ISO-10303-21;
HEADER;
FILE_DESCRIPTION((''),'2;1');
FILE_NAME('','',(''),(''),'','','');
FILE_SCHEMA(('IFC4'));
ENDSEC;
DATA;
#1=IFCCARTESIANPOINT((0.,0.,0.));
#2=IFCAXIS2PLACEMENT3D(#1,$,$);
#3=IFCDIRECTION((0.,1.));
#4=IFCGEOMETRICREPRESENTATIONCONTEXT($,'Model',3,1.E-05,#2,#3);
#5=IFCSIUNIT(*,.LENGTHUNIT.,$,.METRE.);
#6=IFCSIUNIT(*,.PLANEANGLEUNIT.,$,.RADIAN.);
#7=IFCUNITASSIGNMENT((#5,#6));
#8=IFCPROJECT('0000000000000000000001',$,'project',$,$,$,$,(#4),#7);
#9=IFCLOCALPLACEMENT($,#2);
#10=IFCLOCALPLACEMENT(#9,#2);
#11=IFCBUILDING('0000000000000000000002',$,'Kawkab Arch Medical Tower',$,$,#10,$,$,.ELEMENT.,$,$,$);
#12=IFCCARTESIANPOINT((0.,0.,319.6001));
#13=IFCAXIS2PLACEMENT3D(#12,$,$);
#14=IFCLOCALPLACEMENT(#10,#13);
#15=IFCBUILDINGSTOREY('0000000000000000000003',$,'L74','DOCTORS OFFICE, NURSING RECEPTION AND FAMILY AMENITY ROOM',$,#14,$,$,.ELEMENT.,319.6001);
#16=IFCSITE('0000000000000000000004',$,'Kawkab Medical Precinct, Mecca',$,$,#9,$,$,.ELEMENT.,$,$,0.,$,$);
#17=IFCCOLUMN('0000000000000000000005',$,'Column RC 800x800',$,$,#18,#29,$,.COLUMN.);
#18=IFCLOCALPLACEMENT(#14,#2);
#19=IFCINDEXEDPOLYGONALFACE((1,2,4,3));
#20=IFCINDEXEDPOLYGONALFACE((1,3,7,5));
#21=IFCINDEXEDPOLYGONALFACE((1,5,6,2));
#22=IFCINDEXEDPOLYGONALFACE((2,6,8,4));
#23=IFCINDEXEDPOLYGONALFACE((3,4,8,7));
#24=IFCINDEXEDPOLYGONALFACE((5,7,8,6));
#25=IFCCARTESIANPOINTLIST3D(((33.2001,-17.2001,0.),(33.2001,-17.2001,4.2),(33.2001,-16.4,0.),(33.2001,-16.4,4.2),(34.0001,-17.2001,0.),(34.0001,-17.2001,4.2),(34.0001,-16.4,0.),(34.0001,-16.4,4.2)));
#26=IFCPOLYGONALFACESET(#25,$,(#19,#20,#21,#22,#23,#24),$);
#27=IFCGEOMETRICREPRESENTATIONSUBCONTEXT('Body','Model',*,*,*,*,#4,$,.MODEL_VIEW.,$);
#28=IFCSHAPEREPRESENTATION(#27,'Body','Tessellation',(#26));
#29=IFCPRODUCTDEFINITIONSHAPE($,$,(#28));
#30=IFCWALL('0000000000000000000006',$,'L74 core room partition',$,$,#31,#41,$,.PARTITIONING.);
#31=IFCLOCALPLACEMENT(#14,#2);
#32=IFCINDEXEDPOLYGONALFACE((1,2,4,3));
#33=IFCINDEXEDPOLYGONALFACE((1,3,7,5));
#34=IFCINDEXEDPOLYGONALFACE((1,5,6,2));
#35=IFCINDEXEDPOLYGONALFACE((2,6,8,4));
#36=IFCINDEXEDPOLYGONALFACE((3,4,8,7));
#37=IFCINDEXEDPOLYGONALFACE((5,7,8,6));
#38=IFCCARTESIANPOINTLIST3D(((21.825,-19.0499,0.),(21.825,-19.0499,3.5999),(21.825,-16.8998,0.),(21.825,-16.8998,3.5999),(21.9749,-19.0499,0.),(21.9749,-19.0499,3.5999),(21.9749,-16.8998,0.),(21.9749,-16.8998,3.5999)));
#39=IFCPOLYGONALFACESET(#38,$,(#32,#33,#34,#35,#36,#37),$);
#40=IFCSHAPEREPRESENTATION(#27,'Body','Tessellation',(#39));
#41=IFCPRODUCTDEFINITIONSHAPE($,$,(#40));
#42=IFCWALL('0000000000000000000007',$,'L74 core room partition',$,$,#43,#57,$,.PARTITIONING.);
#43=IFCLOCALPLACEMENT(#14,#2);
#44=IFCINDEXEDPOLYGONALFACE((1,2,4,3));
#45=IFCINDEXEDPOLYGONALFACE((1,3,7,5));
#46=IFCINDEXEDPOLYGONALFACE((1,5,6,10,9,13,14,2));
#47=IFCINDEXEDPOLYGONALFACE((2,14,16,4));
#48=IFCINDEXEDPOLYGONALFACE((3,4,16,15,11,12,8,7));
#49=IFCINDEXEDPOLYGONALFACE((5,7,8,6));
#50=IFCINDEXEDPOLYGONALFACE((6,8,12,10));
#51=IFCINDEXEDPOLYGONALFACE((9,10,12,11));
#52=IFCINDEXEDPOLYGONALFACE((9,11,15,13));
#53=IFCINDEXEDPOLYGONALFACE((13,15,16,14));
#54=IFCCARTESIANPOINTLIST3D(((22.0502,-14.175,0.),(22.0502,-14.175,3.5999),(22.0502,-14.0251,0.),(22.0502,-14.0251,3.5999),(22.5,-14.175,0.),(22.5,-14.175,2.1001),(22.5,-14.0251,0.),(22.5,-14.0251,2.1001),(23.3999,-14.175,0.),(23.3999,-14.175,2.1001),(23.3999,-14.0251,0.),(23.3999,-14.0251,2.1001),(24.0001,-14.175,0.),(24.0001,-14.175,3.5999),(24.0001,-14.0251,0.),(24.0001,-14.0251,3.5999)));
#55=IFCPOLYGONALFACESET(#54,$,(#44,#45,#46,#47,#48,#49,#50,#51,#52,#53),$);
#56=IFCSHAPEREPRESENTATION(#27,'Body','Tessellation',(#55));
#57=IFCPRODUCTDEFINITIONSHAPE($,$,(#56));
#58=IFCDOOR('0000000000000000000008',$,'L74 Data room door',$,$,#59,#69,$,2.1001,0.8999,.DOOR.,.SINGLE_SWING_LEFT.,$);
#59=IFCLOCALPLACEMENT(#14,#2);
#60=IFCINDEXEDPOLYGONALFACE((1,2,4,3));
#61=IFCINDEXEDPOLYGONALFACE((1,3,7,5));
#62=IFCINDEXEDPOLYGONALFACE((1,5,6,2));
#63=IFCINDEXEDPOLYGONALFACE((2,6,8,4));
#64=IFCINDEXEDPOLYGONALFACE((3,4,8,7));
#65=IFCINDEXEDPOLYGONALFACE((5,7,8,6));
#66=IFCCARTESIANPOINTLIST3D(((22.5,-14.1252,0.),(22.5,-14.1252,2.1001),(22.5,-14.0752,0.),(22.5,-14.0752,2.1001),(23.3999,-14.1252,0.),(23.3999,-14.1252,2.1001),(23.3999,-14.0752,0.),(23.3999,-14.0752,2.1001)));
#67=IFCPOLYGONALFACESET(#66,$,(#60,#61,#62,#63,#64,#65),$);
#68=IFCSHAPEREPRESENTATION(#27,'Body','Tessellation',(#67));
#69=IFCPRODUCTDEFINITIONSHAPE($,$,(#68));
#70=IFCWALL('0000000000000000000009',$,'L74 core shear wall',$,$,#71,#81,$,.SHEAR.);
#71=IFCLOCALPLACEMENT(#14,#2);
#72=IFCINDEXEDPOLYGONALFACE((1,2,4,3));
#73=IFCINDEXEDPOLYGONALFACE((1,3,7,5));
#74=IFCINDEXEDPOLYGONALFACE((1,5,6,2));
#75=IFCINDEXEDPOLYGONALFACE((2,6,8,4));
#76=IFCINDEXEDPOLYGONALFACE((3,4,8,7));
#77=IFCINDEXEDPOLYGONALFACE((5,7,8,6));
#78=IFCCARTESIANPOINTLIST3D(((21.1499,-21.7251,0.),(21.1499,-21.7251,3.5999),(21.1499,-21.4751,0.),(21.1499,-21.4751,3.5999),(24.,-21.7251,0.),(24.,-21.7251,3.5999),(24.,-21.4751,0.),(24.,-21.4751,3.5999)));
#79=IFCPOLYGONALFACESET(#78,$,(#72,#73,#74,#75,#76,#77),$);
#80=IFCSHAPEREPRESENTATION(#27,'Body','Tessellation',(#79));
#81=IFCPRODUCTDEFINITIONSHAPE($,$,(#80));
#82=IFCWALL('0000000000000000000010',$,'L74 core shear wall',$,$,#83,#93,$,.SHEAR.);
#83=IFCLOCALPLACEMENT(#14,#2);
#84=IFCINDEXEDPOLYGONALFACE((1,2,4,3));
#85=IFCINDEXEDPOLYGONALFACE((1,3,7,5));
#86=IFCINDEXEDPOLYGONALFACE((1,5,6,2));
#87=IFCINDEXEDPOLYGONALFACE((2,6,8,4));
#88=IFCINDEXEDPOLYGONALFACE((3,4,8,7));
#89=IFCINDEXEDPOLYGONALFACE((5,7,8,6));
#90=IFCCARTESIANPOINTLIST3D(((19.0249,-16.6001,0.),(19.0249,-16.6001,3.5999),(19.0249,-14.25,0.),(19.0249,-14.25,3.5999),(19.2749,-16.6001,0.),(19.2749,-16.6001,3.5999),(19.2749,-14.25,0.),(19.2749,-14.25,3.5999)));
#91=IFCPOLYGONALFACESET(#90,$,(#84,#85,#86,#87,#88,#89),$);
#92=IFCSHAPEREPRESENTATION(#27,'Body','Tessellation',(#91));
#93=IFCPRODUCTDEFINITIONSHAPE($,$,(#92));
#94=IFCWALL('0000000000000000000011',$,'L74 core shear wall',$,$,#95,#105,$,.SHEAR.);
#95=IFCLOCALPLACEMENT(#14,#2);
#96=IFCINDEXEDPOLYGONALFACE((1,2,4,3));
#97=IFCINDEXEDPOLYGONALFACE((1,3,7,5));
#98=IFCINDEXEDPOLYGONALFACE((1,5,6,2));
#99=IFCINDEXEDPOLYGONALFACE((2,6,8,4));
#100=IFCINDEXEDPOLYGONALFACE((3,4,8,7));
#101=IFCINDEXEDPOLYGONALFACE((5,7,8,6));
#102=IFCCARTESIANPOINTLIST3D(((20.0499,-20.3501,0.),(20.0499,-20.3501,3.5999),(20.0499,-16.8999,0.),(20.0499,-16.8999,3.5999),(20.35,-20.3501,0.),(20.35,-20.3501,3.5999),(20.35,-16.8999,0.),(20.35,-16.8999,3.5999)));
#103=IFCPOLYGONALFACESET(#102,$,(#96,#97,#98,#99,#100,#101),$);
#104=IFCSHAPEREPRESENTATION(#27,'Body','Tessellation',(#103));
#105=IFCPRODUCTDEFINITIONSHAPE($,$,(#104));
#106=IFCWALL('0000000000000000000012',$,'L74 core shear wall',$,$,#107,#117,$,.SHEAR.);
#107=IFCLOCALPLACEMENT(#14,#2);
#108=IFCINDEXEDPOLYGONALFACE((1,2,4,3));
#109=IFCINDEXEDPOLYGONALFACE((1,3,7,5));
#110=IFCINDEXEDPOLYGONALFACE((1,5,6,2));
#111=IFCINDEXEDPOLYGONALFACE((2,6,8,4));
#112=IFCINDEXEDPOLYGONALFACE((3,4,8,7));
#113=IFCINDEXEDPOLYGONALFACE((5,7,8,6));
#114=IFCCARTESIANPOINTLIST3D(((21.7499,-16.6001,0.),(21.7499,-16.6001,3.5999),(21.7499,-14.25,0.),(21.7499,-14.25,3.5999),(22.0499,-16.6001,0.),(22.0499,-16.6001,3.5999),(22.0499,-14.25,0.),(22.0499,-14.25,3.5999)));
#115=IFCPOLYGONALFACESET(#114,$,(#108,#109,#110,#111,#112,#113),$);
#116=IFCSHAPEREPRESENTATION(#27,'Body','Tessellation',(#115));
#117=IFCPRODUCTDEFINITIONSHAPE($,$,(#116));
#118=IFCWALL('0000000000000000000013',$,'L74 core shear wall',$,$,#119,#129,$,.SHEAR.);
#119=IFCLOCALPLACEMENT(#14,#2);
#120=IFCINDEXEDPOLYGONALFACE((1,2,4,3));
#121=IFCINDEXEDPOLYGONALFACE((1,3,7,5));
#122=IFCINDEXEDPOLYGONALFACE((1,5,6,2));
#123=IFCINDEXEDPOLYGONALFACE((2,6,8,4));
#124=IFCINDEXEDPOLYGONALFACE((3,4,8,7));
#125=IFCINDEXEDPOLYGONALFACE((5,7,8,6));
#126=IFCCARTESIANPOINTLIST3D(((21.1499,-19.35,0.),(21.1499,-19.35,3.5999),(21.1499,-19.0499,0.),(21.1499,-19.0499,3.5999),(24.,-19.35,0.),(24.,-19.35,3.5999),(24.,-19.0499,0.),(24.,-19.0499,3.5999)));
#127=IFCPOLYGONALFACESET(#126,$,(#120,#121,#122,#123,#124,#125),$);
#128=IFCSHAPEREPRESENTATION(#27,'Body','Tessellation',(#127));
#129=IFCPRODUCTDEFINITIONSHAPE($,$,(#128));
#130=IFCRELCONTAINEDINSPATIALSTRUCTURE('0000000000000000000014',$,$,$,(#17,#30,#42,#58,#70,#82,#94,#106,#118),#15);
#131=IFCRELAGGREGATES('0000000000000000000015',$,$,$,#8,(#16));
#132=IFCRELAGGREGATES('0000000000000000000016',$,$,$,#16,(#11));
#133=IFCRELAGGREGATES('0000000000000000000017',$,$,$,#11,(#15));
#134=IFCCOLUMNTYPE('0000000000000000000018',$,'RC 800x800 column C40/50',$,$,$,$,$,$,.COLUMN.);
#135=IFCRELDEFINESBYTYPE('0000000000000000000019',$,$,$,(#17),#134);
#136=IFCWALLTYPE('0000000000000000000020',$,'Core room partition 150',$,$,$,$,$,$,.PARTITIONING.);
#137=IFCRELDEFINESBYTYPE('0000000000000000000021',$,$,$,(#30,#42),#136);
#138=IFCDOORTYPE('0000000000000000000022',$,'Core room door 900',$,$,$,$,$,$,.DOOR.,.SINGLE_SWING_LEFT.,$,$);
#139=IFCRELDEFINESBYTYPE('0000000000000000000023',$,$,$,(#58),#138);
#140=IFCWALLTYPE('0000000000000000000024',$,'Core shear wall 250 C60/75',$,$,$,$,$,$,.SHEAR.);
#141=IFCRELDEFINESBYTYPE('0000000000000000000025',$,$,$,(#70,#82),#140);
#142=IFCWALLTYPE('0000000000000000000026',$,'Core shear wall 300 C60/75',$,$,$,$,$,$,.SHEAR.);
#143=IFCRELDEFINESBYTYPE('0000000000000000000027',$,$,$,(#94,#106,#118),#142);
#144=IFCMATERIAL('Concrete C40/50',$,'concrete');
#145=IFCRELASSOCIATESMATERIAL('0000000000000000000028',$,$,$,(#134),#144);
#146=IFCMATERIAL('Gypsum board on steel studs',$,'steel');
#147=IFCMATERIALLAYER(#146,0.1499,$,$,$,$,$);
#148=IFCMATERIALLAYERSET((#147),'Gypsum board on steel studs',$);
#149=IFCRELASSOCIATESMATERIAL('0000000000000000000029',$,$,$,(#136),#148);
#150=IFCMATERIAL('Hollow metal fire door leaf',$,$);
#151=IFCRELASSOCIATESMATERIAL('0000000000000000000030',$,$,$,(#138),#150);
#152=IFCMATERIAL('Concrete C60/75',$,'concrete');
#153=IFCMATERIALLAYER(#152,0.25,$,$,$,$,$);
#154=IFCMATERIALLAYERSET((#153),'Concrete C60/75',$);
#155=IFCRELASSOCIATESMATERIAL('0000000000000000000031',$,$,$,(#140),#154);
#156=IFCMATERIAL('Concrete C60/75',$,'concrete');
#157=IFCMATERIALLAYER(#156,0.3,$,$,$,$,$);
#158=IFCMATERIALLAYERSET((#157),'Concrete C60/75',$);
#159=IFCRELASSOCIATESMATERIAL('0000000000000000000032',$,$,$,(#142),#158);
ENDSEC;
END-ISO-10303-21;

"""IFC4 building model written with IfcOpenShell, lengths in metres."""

from ifc_helpers import new_model, si_unit, direction, frame, frame_2d, origin, origin_2d, place, context, subcontext, project, spatial, rectangle, extrude, material, layer, layer_set, material_profile, profile_set, type_object, element, fill, save


model = new_model("IFC4")

# Units and contexts
model_context = context("Model", 3, precision=1e-05, world=origin(), true_north=direction((0.0, 1.0)))
body_context = subcontext(model_context, "Body", "Model", "MODEL_VIEW")
ifc_project = project(units=[si_unit("LENGTHUNIT", "METRE"), si_unit("PLANEANGLEUNIT", "RADIAN")], contexts=[model_context])

# Site, building, storey
site_placement = place(None, origin())
site = spatial("IfcSite", under=ifc_project, at=site_placement, Name="Kawkab Medical Precinct, Mecca", CompositionType="ELEMENT", RefElevation=0.0)
building_placement = place(site_placement, origin())
building = spatial("IfcBuilding", under=site, at=building_placement, Name="Kawkab Arch Medical Tower", CompositionType="ELEMENT")
storey_placement = place(building_placement, frame((0.0, 0.0, 319.6001)))
storey = spatial("IfcBuildingStorey", under=building, at=storey_placement, Name="L74", Description="DOCTORS OFFICE, NURSING RECEPTION AND FAMILY AMENITY ROOM", CompositionType="ELEMENT", Elevation=319.6001)

# Column
ifc_material_1 = material(Name="Concrete C40/50", Category="concrete")
ifc_material_profile = material_profile(ifc_material_1, rectangle(XDim=0.8, YDim=0.8, at=origin_2d()), Name="RC 800x800")
ifc_profile_set = profile_set([ifc_material_profile], Name="Concrete C40/50")
column_type = type_object("IfcColumnType", Name="RC 800x800 column C40/50", PredefinedType="COLUMN", material=ifc_profile_set)
column_placement = place(storey_placement, frame((33.6001, -16.8, 0.0), z_axis=(0.0, 0.0, 1.0), x_axis=(1.0, 0.0, 0.0)))
element("IfcColumn", 1, at=column_placement, inside=storey, type_object=column_type, Name="Column RC 800x800", PredefinedType="COLUMN", context=body_context, shape_type="SweptSolid", body=[
    extrude(rectangle(XDim=0.8, YDim=0.8, at=origin_2d()), origin(), (0.0, 0.0, 1.0), 4.2),
])

# Wall
ifc_material_2 = material(Name="Gypsum board on steel studs", Category="steel")
ifc_layer_1 = layer(ifc_material_2, 0.1499)
ifc_layer_set_1 = layer_set([ifc_layer_1], Name="Gypsum board on steel studs")
wall_type_1 = type_object("IfcWallType", Name="Core room partition 150", PredefinedType="PARTITIONING", material=ifc_layer_set_1)
wall_1_placement = place(storey_placement, frame((21.8999, -19.05, 0.0), z_axis=(0.0, 0.0, 1.0), x_axis=(0.0, 1.0, 0.0)))
element("IfcWall", 2, at=wall_1_placement, inside=storey, type_object=wall_type_1, Name="L74 core room partition", PredefinedType="PARTITIONING", context=body_context, shape_type="SweptSolid", body=[
    extrude(rectangle(XDim=2.1501, YDim=0.1499, at=frame_2d((1.0752, 0.0))), origin(), (0.0, 0.0, 1.0), 3.5999),
])

# Wall, opening, door
wall_2_placement = place(storey_placement, frame((22.05, -14.1001, 0.0), z_axis=(0.0, 0.0, 1.0), x_axis=(1.0, 0.0, 0.0)))
wall_2 = element("IfcWall", 3, at=wall_2_placement, inside=storey, type_object=wall_type_1, Name="L74 core room partition", PredefinedType="PARTITIONING", context=body_context, shape_type="SweptSolid", body=[
    extrude(rectangle(XDim=1.95, YDim=0.1499, at=frame_2d((0.9751, 0.0))), origin(), (0.0, 0.0, 1.0), 3.5999),
])
opening_1_placement = place(wall_2_placement, frame((0.45, 0.0, 0.0)))
opening_1 = element("IfcOpeningElement", 4, at=opening_1_placement, cuts=wall_2, PredefinedType="OPENING", context=body_context, shape_type="SweptSolid", body=[
    extrude(rectangle(XDim=0.8999, YDim=2.1001, at=frame_2d((0.45, 1.05))), frame((0.0, 0.085, 0.0), z_axis=(0.0, -1.0, 0.0), x_axis=(1.0, 0.0, 0.0)), (0.0, 0.0, 1.0), 0.1699),
])
ifc_material_3 = material(Name="Hollow metal fire door leaf")
door_type_1 = type_object("IfcDoorType", Name="Core room door 900", OperationType="SINGLE_SWING_LEFT", PredefinedType="DOOR", material=ifc_material_3)
door_1_placement = place(opening_1_placement, origin())
door_1 = element("IfcDoor", 5, at=door_1_placement, inside=storey, type_object=door_type_1, Name="L74 Data room door", OperationType="SINGLE_SWING_LEFT", OverallHeight=2.1001, OverallWidth=0.8999, PredefinedType="DOOR", context=body_context, shape_type="SweptSolid", body=[
    extrude(rectangle(XDim=0.8999, YDim=2.1001, at=frame_2d((0.45, 1.05))), frame((0.0, 0.0249, 0.0), z_axis=(0.0, -1.0, 0.0), x_axis=(1.0, 0.0, 0.0)), (0.0, 0.0, 1.0), 0.05),
])
fill(opening_1, door_1)

# Walls
ifc_material_4 = material(Name="Concrete C60/75", Category="concrete")
ifc_layer_2 = layer(ifc_material_4, 0.25)
ifc_layer_set_2 = layer_set([ifc_layer_2], Name="Concrete C60/75")
wall_type_2 = type_object("IfcWallType", Name="Core shear wall 250 C60/75", PredefinedType="SHEAR", material=ifc_layer_set_2)
wall_3_placement = place(storey_placement, frame((21.1499, -21.6001, 0.0), z_axis=(0.0, 0.0, 1.0), x_axis=(1.0, 0.0, 0.0)))
element("IfcWall", 6, at=wall_3_placement, inside=storey, type_object=wall_type_2, Name="L74 core shear wall", PredefinedType="SHEAR", context=body_context, shape_type="SweptSolid", body=[
    extrude(rectangle(XDim=2.8501, YDim=0.25, at=frame_2d((1.425, 0.0))), origin(), (0.0, 0.0, 1.0), 3.5999),
])
wall_4_placement = place(storey_placement, frame((19.1499, -16.6001, 0.0), z_axis=(0.0, 0.0, 1.0), x_axis=(0.0, 1.0, 0.0)))
element("IfcWall", 7, at=wall_4_placement, inside=storey, type_object=wall_type_2, Name="L74 core shear wall", PredefinedType="SHEAR", context=body_context, shape_type="SweptSolid", body=[
    extrude(rectangle(XDim=2.3501, YDim=0.25, at=frame_2d((1.175, 0.0))), origin(), (0.0, 0.0, 1.0), 3.5999),
])
ifc_material_5 = material(Name="Concrete C60/75", Category="concrete")
ifc_layer_3 = layer(ifc_material_5, 0.3)
ifc_layer_set_3 = layer_set([ifc_layer_3], Name="Concrete C60/75")
wall_type_3 = type_object("IfcWallType", Name="Core shear wall 300 C60/75", PredefinedType="SHEAR", material=ifc_layer_set_3)
wall_5_placement = place(storey_placement, frame((20.2, -20.3501, 0.0), z_axis=(0.0, 0.0, 1.0), x_axis=(0.0, 1.0, 0.0)))
element("IfcWall", 8, at=wall_5_placement, inside=storey, type_object=wall_type_3, Name="L74 core shear wall", PredefinedType="SHEAR", context=body_context, shape_type="SweptSolid", body=[
    extrude(rectangle(XDim=3.4502, YDim=0.3, at=frame_2d((1.7251, 0.0))), origin(), (0.0, 0.0, 1.0), 3.5999),
])
wall_6_placement = place(storey_placement, frame((21.8999, -16.6001, 0.0), z_axis=(0.0, 0.0, 1.0), x_axis=(0.0, 1.0, 0.0)))
element("IfcWall", 9, at=wall_6_placement, inside=storey, type_object=wall_type_3, Name="L74 core shear wall", PredefinedType="SHEAR", context=body_context, shape_type="SweptSolid", body=[
    extrude(rectangle(XDim=2.3501, YDim=0.3, at=frame_2d((1.175, 0.0))), origin(), (0.0, 0.0, 1.0), 3.5999),
])
wall_7_placement = place(storey_placement, frame((21.1499, -19.2, 0.0), z_axis=(0.0, 0.0, 1.0), x_axis=(1.0, 0.0, 0.0)))
element("IfcWall", 10, at=wall_7_placement, inside=storey, type_object=wall_type_3, Name="L74 core shear wall", PredefinedType="SHEAR", context=body_context, shape_type="SweptSolid", body=[
    extrude(rectangle(XDim=2.8501, YDim=0.3, at=frame_2d((1.425, 0.0))), origin(), (0.0, 0.0, 1.0), 3.5999),
])

save(model, "model.ifc")
